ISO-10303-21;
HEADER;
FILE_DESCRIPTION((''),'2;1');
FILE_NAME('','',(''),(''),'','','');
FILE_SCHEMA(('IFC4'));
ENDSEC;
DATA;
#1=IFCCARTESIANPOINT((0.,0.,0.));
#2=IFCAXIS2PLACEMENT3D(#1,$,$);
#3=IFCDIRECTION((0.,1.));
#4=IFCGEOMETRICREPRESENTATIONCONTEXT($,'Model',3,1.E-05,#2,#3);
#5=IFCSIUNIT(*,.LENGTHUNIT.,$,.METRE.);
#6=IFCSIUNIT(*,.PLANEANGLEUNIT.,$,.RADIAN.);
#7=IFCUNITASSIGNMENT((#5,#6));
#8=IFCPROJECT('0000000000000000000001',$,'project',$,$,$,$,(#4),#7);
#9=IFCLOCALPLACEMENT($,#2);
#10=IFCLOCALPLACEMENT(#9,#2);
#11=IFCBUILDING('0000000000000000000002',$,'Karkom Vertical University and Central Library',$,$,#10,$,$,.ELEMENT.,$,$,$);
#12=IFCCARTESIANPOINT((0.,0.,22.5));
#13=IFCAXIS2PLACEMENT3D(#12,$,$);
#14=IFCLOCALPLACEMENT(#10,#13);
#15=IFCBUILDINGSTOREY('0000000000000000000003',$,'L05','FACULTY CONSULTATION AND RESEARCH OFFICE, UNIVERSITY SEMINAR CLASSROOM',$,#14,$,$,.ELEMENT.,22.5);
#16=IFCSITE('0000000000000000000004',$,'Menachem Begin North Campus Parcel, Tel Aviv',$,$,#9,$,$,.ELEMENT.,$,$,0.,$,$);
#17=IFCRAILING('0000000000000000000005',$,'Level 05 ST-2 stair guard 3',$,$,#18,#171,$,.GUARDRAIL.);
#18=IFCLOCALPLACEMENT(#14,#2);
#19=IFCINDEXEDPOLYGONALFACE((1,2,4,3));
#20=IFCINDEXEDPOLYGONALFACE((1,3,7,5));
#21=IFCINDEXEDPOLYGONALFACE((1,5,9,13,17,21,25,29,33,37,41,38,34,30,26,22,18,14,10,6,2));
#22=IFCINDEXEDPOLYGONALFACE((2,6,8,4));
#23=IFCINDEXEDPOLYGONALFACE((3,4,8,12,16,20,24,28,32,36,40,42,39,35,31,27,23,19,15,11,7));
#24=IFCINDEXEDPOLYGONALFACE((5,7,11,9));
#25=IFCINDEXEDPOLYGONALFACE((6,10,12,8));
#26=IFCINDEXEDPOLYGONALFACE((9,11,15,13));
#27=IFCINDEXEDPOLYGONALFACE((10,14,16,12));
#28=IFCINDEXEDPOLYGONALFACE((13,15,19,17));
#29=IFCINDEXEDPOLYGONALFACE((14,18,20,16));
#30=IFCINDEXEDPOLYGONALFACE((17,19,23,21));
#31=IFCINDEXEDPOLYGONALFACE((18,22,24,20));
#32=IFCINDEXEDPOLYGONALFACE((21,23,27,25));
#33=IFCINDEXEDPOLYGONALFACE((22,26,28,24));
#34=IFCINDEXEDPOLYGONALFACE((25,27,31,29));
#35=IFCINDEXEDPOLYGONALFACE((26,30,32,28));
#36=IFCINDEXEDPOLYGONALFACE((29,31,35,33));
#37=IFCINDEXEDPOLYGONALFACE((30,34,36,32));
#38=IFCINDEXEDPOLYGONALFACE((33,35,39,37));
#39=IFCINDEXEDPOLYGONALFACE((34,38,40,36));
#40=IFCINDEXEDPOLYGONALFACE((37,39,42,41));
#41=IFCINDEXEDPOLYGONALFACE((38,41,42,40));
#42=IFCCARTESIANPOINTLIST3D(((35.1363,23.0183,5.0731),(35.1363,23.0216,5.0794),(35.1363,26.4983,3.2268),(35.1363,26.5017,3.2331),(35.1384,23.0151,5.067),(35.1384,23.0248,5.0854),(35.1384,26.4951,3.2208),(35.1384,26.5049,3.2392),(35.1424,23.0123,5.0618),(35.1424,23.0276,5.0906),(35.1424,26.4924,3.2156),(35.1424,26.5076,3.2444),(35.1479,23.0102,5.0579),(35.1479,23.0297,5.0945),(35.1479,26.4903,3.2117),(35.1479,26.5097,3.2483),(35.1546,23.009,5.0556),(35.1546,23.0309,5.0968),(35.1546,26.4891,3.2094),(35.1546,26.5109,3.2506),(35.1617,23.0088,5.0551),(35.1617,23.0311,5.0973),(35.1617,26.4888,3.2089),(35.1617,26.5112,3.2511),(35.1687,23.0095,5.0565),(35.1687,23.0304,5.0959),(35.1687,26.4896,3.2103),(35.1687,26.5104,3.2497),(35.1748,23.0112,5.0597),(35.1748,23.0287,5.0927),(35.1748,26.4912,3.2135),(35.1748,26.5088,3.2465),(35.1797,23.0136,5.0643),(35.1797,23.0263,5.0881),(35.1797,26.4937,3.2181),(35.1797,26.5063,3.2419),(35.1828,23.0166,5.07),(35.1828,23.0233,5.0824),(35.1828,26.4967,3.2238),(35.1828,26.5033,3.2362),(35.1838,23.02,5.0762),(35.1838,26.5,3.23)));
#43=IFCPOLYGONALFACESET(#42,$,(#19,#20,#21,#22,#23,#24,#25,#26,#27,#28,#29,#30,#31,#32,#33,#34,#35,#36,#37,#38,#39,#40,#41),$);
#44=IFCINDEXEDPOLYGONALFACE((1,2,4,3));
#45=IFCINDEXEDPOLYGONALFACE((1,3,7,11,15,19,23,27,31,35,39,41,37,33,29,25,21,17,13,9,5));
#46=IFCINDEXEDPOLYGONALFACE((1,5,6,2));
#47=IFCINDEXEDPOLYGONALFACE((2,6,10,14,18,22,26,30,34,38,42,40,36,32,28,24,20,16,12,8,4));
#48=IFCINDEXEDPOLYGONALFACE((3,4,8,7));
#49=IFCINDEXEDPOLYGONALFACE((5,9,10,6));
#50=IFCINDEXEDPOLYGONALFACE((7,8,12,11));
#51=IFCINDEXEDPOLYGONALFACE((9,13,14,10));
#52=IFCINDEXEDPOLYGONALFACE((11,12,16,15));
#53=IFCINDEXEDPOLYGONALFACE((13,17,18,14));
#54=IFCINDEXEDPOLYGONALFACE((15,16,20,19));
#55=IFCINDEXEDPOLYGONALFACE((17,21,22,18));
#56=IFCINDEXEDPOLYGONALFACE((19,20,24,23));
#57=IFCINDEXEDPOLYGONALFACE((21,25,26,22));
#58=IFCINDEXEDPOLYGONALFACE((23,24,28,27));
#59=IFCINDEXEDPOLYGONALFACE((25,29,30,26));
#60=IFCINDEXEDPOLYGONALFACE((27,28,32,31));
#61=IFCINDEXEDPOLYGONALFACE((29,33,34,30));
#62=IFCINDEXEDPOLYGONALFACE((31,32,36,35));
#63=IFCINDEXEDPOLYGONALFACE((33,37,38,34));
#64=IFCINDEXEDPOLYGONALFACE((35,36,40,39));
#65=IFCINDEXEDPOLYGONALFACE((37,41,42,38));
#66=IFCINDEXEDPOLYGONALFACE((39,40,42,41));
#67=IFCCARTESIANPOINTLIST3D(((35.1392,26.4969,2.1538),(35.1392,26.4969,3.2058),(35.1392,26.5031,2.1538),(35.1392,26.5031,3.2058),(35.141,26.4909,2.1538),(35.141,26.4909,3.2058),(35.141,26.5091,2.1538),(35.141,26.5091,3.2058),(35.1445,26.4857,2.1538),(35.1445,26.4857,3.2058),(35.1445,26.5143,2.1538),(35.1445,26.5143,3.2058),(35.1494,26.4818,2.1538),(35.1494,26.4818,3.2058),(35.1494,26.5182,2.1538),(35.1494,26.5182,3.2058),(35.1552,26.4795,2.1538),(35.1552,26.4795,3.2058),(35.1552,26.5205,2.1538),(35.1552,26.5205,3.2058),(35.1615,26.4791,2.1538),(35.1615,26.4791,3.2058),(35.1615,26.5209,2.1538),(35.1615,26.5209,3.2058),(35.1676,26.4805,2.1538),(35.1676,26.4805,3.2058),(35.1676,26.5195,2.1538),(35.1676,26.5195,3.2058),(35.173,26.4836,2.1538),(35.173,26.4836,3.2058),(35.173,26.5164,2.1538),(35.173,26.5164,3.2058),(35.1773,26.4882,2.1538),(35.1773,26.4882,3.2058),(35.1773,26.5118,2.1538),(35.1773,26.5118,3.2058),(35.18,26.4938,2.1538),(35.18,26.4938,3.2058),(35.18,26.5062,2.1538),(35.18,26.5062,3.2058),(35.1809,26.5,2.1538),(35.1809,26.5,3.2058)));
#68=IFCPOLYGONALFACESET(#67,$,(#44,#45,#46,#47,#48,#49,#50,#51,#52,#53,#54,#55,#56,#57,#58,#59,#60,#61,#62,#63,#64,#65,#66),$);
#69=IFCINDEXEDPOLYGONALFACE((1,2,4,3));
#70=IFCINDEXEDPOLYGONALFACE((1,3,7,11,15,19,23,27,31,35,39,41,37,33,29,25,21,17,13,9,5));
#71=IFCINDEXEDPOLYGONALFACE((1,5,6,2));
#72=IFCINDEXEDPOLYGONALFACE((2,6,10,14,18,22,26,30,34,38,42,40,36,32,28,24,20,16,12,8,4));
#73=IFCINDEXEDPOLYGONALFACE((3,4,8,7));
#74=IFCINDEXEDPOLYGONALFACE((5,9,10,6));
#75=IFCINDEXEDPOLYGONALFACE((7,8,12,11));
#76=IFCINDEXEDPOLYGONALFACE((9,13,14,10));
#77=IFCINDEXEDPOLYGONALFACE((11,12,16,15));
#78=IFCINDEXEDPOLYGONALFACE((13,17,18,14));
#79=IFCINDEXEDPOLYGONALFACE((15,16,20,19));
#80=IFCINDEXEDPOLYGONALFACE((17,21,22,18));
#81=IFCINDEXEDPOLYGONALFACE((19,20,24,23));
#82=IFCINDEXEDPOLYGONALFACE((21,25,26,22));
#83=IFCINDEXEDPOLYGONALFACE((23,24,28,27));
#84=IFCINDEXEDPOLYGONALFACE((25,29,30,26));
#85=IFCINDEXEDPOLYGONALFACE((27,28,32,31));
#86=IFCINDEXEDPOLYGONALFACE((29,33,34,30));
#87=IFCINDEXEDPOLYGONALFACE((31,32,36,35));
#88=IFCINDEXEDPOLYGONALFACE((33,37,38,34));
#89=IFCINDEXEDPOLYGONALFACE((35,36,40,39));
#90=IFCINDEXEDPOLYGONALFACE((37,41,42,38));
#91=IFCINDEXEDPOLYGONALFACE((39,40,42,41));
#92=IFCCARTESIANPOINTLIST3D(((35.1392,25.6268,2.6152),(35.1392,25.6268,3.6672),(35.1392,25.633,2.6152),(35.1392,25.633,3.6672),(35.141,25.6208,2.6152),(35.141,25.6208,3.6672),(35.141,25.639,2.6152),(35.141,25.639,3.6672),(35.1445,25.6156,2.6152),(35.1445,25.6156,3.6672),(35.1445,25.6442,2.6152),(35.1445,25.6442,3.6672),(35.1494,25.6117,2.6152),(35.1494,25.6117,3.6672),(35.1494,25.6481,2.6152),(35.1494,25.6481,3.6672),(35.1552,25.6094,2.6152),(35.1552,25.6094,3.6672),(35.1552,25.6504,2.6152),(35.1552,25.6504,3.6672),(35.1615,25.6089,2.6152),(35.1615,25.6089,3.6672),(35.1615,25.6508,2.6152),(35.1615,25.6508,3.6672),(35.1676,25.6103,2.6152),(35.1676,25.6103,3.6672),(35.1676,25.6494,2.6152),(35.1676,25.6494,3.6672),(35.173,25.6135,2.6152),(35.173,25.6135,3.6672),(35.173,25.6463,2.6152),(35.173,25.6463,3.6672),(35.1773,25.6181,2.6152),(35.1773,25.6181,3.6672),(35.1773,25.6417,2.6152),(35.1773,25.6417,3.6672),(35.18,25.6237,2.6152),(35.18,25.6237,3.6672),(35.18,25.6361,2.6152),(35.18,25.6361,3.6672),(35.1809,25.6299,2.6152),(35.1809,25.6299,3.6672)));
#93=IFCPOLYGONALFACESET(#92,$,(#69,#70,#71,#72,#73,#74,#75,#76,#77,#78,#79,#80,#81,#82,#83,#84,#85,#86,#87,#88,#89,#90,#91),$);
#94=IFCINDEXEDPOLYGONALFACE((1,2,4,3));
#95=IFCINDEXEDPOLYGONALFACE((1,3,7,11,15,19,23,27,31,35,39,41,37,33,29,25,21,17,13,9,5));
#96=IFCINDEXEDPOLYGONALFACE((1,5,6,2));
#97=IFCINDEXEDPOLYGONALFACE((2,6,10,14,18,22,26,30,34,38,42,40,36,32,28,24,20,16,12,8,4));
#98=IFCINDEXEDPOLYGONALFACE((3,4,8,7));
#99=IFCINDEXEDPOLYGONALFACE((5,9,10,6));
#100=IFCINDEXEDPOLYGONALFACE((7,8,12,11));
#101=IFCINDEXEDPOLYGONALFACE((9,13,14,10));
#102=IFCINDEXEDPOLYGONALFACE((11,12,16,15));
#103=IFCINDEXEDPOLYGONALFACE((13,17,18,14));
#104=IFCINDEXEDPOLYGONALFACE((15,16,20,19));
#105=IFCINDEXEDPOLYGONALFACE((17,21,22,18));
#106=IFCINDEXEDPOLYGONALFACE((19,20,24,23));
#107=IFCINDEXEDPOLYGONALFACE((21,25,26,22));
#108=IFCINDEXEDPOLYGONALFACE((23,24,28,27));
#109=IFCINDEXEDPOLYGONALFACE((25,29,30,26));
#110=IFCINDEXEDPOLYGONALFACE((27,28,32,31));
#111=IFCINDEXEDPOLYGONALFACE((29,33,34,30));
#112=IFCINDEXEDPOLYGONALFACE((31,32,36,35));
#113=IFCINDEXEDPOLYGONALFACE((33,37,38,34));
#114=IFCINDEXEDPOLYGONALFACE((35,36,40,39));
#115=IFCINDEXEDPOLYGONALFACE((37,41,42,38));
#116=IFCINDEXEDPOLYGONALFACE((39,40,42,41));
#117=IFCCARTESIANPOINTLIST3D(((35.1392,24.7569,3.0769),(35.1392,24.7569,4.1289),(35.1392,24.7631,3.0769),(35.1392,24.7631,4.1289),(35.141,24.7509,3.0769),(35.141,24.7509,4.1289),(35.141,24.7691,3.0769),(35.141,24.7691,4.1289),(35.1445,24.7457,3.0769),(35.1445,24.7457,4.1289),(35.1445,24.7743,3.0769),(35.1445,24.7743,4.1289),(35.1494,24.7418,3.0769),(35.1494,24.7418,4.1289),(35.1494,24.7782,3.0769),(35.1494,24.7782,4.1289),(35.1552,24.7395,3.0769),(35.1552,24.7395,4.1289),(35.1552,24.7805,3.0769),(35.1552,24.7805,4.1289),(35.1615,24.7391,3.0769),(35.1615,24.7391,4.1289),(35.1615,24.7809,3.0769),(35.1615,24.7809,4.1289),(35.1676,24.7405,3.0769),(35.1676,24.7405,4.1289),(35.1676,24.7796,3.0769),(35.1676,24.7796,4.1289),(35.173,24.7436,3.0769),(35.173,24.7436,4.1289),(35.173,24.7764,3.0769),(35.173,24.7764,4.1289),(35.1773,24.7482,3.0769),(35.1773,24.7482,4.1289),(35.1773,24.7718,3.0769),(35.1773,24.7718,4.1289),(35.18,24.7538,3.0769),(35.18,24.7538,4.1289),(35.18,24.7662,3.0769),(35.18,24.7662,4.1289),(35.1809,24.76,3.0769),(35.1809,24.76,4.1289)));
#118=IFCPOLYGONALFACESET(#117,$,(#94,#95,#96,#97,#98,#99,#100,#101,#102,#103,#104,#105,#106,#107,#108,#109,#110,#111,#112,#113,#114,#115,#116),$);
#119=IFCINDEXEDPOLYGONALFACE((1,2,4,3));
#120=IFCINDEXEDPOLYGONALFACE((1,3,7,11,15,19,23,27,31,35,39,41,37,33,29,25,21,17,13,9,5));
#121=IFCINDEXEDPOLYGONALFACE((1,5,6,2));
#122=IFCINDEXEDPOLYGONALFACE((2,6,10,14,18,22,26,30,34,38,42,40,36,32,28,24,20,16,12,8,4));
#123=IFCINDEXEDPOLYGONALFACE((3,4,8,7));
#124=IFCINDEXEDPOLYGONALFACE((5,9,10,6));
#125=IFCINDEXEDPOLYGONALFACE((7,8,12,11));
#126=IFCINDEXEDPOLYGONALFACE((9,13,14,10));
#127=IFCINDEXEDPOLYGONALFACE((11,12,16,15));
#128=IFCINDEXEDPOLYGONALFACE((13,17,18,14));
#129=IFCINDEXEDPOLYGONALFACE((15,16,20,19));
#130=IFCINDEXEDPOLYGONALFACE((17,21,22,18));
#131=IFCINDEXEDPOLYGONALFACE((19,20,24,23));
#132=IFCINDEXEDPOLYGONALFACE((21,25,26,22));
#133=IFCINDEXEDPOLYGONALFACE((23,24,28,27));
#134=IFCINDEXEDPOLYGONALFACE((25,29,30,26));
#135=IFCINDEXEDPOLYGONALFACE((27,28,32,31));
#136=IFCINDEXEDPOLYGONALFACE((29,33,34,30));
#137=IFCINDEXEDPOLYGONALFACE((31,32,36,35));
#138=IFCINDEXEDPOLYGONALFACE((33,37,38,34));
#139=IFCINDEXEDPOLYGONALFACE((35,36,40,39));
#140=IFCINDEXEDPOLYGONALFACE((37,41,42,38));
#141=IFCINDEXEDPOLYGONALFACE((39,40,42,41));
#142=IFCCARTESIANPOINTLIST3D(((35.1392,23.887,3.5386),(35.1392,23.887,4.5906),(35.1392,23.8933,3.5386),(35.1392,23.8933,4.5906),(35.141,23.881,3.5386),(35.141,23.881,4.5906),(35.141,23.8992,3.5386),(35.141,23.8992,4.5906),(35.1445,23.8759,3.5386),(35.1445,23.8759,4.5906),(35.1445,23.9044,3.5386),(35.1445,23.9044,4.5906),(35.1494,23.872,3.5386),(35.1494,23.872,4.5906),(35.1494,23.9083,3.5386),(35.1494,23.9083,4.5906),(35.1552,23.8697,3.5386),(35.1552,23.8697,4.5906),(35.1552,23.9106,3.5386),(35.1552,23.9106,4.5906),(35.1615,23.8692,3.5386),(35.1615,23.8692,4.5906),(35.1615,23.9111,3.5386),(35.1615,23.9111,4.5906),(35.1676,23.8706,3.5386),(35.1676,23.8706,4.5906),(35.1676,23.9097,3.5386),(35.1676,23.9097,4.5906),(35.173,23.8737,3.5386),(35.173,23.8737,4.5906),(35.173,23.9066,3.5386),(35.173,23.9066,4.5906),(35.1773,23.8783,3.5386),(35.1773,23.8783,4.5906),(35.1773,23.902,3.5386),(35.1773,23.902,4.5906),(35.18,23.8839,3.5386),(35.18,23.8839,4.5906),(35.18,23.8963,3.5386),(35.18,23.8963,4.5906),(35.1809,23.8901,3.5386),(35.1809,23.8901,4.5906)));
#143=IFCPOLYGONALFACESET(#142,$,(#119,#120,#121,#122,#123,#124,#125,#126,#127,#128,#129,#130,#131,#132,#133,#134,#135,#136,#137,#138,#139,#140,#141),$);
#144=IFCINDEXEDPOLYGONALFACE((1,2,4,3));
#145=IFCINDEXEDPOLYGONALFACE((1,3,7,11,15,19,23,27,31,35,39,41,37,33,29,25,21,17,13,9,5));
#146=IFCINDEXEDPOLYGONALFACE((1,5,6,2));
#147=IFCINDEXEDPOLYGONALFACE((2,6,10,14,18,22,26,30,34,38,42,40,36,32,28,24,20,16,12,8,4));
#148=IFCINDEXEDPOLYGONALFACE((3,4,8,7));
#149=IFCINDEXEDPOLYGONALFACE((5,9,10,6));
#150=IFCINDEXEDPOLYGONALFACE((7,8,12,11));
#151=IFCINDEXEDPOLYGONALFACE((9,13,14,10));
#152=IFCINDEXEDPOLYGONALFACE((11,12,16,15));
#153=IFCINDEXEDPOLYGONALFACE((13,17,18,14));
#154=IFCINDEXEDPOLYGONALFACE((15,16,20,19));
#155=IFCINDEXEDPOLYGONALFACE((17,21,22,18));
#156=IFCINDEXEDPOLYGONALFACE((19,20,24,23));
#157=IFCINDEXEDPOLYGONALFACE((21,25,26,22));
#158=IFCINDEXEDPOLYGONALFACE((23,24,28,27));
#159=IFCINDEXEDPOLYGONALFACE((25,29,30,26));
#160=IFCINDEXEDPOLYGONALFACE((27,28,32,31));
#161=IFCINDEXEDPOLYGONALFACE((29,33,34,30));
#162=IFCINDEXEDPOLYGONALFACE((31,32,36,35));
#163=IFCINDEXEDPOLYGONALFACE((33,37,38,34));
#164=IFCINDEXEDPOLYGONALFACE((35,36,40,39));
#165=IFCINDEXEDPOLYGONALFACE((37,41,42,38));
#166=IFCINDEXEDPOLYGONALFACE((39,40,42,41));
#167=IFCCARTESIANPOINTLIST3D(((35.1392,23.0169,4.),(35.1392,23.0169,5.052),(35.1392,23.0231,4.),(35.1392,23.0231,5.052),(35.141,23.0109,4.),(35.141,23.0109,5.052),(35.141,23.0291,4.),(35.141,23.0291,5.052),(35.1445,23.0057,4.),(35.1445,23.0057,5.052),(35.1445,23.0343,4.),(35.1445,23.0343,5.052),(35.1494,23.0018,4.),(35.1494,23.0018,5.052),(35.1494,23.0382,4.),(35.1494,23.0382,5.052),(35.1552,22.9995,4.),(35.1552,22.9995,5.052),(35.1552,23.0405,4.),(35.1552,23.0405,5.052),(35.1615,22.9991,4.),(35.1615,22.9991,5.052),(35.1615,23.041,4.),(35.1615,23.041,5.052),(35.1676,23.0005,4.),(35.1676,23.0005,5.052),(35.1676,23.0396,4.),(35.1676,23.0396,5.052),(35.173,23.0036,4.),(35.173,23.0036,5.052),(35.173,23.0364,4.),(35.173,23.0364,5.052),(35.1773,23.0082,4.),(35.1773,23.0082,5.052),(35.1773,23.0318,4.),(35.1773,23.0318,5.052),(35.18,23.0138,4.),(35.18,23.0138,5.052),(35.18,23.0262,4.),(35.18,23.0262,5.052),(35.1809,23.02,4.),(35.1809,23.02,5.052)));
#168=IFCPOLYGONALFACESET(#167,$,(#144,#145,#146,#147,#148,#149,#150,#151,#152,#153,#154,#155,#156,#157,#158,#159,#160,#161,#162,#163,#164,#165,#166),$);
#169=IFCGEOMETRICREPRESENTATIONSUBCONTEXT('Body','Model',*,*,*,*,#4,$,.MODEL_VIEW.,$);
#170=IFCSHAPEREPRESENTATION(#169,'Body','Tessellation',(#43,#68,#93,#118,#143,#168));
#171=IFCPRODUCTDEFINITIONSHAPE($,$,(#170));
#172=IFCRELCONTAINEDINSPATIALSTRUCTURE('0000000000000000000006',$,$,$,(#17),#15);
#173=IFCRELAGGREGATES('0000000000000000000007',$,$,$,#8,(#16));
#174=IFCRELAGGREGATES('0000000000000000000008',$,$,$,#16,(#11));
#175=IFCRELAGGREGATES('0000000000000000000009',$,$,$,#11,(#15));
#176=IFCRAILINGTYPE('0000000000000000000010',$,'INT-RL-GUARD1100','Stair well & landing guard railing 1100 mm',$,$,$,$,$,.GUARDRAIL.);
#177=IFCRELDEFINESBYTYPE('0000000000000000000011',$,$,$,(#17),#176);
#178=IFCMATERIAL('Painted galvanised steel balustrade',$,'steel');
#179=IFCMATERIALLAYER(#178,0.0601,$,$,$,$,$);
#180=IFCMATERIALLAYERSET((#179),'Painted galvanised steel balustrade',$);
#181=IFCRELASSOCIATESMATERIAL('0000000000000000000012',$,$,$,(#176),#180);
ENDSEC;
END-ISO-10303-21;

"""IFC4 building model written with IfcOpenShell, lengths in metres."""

from ifc_helpers import new_model, si_unit, direction, frame, origin, origin_2d, place, context, subcontext, project, spatial, circle, extrude, material, layer, layer_set, type_object, element, save


model = new_model("IFC4")

# Units and contexts
model_context = context("Model", 3, precision=1e-05, world=origin(), true_north=direction((0.0, 1.0)))
body_context = subcontext(model_context, "Body", "Model", "MODEL_VIEW")
ifc_project = project(units=[si_unit("LENGTHUNIT", "METRE"), si_unit("PLANEANGLEUNIT", "RADIAN")], contexts=[model_context])

# Site, building, storey
site_placement = place(None, origin())
site = spatial("IfcSite", under=ifc_project, at=site_placement, Name="Menachem Begin North Campus Parcel, Tel Aviv", CompositionType="ELEMENT", RefElevation=0.0)
building_placement = place(site_placement, origin())
building = spatial("IfcBuilding", under=site, at=building_placement, Name="Karkom Vertical University and Central Library", CompositionType="ELEMENT")
storey_placement = place(building_placement, frame((0.0, 0.0, 22.5)))
storey = spatial("IfcBuildingStorey", under=building, at=storey_placement, Name="L05", Description="FACULTY CONSULTATION AND RESEARCH OFFICE, UNIVERSITY SEMINAR CLASSROOM", CompositionType="ELEMENT", Elevation=22.5)

# Railing
ifc_material_1 = material(Name="Painted galvanised steel balustrade", Category="steel")
ifc_layer_1 = layer(ifc_material_1, 0.0601)
ifc_layer_set_1 = layer_set([ifc_layer_1], Name="Painted galvanised steel balustrade")
railing_type_1 = type_object("IfcRailingType", Name="INT-RL-GUARD1100", Description="Stair well & landing guard railing 1100 mm", PredefinedType="GUARDRAIL", material=ifc_layer_set_1)
railing_1_placement = place(storey_placement, frame((35.1599, 26.5, 2.1538)))
element("IfcRailing", 1, at=railing_1_placement, inside=storey, type_object=railing_type_1, Name="Level 05 ST-2 stair guard 3", PredefinedType="GUARDRAIL", context=body_context, shape_type="SweptSolid", body=[
    extrude(circle(Radius=0.0239, at=origin_2d()), frame((0.0, 0.0, 1.0762), z_axis=(0.0, -0.883384, 0.468651), x_axis=(1.0, 0.0, 0.0)), (0.0, 0.0, 1.0), 3.9395),
    extrude(circle(Radius=0.021, at=origin_2d()), origin(), (0.0, 0.0, 1.0), 1.052),
    extrude(circle(Radius=0.021, at=origin_2d()), frame((0.0, -0.8701, 0.4614)), (0.0, 0.0, 1.0), 1.052),
    extrude(circle(Radius=0.021, at=origin_2d()), frame((0.0, -1.74, 0.9231)), (0.0, 0.0, 1.0), 1.052),
    extrude(circle(Radius=0.021, at=origin_2d()), frame((0.0, -2.6099, 1.3848)), (0.0, 0.0, 1.0), 1.052),
    extrude(circle(Radius=0.021, at=origin_2d()), frame((0.0, -3.48, 1.8462)), (0.0, 0.0, 1.0), 1.052),
])

save(model, "model.ifc")
